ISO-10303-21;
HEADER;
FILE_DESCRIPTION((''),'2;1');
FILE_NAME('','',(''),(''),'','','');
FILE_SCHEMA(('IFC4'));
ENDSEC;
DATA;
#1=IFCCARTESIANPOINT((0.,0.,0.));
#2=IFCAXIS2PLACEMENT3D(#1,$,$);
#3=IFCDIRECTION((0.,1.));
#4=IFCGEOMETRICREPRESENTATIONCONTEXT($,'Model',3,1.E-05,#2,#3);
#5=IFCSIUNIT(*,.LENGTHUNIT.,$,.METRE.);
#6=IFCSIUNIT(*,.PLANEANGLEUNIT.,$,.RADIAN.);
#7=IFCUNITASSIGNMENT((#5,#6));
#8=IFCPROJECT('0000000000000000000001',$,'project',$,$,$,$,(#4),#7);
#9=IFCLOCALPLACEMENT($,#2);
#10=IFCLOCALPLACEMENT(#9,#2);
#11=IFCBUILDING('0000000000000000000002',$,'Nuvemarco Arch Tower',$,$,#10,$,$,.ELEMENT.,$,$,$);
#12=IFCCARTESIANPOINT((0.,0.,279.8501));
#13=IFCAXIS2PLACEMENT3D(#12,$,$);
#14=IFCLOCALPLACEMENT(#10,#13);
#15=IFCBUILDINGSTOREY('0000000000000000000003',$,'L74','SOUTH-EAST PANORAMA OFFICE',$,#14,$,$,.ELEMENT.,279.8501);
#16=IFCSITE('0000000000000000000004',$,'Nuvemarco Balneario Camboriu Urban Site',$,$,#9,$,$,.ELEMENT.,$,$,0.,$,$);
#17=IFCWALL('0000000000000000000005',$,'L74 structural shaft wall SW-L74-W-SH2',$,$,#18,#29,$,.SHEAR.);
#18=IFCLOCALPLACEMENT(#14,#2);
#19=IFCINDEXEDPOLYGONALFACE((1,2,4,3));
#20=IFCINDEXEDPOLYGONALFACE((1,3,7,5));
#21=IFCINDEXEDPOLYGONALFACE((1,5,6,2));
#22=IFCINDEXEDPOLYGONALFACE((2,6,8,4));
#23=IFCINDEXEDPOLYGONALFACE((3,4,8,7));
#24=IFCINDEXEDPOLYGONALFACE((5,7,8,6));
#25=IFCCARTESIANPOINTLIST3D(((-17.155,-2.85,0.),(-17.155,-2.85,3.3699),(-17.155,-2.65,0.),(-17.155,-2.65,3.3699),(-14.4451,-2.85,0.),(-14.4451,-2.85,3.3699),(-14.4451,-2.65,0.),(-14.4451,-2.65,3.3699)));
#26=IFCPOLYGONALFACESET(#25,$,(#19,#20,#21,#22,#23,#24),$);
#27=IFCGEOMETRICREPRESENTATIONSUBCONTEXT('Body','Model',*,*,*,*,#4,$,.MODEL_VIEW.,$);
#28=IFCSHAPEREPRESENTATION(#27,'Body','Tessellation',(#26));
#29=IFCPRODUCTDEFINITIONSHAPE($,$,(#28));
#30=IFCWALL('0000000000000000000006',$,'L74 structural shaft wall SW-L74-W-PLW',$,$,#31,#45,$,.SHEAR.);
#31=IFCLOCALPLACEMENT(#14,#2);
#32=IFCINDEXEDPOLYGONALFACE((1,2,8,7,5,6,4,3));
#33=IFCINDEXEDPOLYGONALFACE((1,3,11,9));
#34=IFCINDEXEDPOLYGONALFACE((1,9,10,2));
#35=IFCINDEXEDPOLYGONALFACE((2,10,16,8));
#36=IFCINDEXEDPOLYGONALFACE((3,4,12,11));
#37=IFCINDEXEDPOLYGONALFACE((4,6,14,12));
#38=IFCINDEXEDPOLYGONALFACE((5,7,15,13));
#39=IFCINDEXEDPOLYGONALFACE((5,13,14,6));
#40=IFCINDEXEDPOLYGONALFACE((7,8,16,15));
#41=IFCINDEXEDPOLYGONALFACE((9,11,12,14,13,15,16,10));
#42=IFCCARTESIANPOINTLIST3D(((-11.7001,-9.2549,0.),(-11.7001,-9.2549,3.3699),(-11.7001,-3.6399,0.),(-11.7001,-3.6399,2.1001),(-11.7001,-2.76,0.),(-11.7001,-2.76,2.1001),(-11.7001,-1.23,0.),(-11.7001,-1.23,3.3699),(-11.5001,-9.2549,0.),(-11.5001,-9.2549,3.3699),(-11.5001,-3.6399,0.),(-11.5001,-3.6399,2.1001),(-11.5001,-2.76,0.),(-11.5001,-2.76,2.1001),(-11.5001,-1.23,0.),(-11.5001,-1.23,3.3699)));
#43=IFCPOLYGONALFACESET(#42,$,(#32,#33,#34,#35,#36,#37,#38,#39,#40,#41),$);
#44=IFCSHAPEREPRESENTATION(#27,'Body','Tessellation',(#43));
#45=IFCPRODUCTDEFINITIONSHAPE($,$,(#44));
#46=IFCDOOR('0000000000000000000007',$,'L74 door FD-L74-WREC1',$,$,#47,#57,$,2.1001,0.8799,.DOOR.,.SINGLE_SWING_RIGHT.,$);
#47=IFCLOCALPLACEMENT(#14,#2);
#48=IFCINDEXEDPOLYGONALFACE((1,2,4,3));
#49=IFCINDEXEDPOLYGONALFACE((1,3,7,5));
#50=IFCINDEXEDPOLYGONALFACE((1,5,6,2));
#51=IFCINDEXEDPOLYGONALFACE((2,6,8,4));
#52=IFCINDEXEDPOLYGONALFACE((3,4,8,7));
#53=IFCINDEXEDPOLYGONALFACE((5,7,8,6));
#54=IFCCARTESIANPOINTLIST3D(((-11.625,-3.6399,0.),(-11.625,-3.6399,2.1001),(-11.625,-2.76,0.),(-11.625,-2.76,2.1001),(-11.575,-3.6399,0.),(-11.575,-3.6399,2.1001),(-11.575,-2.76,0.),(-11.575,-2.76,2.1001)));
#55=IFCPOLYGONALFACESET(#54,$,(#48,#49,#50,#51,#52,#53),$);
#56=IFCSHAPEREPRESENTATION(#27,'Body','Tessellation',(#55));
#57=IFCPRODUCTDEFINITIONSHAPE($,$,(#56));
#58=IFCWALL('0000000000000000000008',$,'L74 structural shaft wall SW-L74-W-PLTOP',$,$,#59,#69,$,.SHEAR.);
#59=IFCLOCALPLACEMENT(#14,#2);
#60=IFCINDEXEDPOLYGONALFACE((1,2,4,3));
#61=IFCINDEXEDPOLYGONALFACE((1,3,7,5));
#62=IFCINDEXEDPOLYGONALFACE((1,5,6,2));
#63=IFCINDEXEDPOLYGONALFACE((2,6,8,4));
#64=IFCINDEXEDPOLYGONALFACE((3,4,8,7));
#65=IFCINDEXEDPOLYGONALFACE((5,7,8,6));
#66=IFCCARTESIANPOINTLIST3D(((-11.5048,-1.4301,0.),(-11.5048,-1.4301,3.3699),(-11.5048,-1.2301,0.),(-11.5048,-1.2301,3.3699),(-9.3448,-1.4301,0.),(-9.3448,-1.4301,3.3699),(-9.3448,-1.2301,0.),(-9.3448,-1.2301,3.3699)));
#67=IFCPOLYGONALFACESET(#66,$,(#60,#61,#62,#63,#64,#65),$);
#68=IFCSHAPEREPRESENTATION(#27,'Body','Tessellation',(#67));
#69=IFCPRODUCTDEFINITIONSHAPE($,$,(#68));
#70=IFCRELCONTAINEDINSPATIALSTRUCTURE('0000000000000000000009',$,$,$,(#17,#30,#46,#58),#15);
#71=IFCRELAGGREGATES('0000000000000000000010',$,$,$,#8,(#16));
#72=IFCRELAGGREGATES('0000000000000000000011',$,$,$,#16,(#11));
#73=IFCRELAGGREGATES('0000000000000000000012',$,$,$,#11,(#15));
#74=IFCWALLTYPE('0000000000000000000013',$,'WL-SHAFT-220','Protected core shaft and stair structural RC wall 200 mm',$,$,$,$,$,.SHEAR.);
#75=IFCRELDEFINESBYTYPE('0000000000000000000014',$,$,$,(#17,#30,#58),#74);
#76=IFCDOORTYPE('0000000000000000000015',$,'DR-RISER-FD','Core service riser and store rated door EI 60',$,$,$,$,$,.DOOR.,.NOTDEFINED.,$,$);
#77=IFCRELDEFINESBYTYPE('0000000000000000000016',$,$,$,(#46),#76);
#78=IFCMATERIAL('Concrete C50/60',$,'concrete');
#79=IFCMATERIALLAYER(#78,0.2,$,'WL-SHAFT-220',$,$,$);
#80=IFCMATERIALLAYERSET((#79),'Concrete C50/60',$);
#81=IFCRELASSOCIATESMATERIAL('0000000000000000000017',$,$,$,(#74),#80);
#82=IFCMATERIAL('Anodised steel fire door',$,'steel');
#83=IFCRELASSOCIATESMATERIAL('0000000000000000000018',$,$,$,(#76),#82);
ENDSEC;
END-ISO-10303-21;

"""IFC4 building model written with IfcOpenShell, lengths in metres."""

from ifc_helpers import new_model, si_unit, direction, frame, frame_2d, origin, place, context, subcontext, project, spatial, rectangle, extrude, source, transform, mapped, material, layer, layer_set, type_object, type_shapes, element, fill, save


model = new_model("IFC4")

# Units and contexts
model_context = context("Model", 3, precision=1e-05, world=origin(), true_north=direction((0.0, 1.0)))
body_context = subcontext(model_context, "Body", "Model", "MODEL_VIEW")
ifc_project = project(units=[si_unit("LENGTHUNIT", "METRE"), si_unit("PLANEANGLEUNIT", "RADIAN")], contexts=[model_context])

# Site, building, storey
site_placement = place(None, origin())
site = spatial("IfcSite", under=ifc_project, at=site_placement, Name="Nuvemarco Balneario Camboriu Urban Site", CompositionType="ELEMENT", RefElevation=0.0)
building_placement = place(site_placement, origin())
building = spatial("IfcBuilding", under=site, at=building_placement, Name="Nuvemarco Arch Tower", CompositionType="ELEMENT")
storey_placement = place(building_placement, frame((0.0, 0.0, 279.8501)))
storey = spatial("IfcBuildingStorey", under=building, at=storey_placement, Name="L74", Description="SOUTH-EAST PANORAMA OFFICE", CompositionType="ELEMENT", Elevation=279.8501)

# Shared definitions
ifc_material_1 = material(Name="Concrete C50/60", Category="concrete")

# Shared definitions
ifc_material_2 = material(Name="Anodised steel fire door", Category="steel")

# Shared definitions
ifc_layer_1 = layer(ifc_material_1, 0.2, Name="WL-SHAFT-220")
ifc_layer_set_1 = layer_set([ifc_layer_1], Name="Concrete C50/60")
wall_type_1 = type_object("IfcWallType", Name="WL-SHAFT-220", Description="Protected core shaft and stair structural RC wall 200 mm", PredefinedType="SHEAR", material=ifc_layer_set_1)

# Shared definitions
door_type_1 = type_object("IfcDoorType", Name="DR-RISER-FD", Description="Core service riser and store rated door EI 60", OperationType="NOTDEFINED", PredefinedType="DOOR", material=ifc_material_2)
shared_shape_1 = source(origin(), body_context, "Body", "SweptSolid", [
    extrude(rectangle(XDim=0.8799, YDim=2.1001, at=frame_2d((0.4399, 1.05))), frame((0.0, 0.0249, 0.0), z_axis=(0.0, -1.0, 0.0), x_axis=(1.0, 0.0, 0.0)), (0.0, 0.0, 1.0), 0.05),
])
type_shapes(door_type_1, [shared_shape_1])

# Wall
wall_1_placement = place(storey_placement, frame((-17.155, -2.75, 0.0), z_axis=(0.0, 0.0, 1.0), x_axis=(1.0, 0.0, 0.0)))
element("IfcWall", 1, at=wall_1_placement, inside=storey, type_object=wall_type_1, Name="L74 structural shaft wall SW-L74-W-SH2", PredefinedType="SHEAR", context=body_context, shape_type="SweptSolid", body=[
    extrude(rectangle(XDim=2.71, YDim=0.2, at=frame_2d((1.355, 0.0))), origin(), (0.0, 0.0, 1.0), 3.3699),
])

# Wall, opening, door
wall_2_placement = place(storey_placement, frame((-11.6001, -9.2549, 0.0), z_axis=(0.0, 0.0, 1.0), x_axis=(0.0, 1.0, 0.0)))
wall_2 = element("IfcWall", 2, at=wall_2_placement, inside=storey, type_object=wall_type_1, Name="L74 structural shaft wall SW-L74-W-PLW", PredefinedType="SHEAR", context=body_context, shape_type="SweptSolid", body=[
    extrude(rectangle(XDim=8.0249, YDim=0.2, at=frame_2d((4.0125, 0.0))), origin(), (0.0, 0.0, 1.0), 3.3699),
])
opening_1_placement = place(wall_2_placement, frame((5.615, 0.0, 0.0)))
opening_1 = element("IfcOpeningElement", 3, at=opening_1_placement, cuts=wall_2, PredefinedType="OPENING", context=body_context, shape_type="SweptSolid", body=[
    extrude(rectangle(XDim=0.8799, YDim=2.1001, at=frame_2d((0.4399, 1.05))), frame((0.0, 0.1099, 0.0), z_axis=(0.0, -1.0, 0.0), x_axis=(1.0, 0.0, 0.0)), (0.0, 0.0, 1.0), 0.22),
])
door_1_placement = place(opening_1_placement, origin())
door_1 = element("IfcDoor", 4, at=door_1_placement, inside=storey, type_object=door_type_1, Name="L74 door FD-L74-WREC1", OperationType="SINGLE_SWING_RIGHT", OverallHeight=2.1001, OverallWidth=0.8799, PredefinedType="DOOR", context=body_context, shape_type="MappedRepresentation", body=[
    mapped(shared_shape_1, transform((0.0, 0.0, 0.0), scale=1.0)),
])
fill(opening_1, door_1)

# Wall
wall_3_placement = place(storey_placement, frame((-11.5049, -1.3301, 0.0), z_axis=(0.0, 0.0, 1.0), x_axis=(1.0, 0.0, 0.0)))
element("IfcWall", 5, at=wall_3_placement, inside=storey, type_object=wall_type_1, Name="L74 structural shaft wall SW-L74-W-PLTOP", PredefinedType="SHEAR", context=body_context, shape_type="SweptSolid", body=[
    extrude(rectangle(XDim=2.1599, YDim=0.2, at=frame_2d((1.0801, 0.0))), origin(), (0.0, 0.0, 1.0), 3.3699),
])

save(model, "model.ifc")
